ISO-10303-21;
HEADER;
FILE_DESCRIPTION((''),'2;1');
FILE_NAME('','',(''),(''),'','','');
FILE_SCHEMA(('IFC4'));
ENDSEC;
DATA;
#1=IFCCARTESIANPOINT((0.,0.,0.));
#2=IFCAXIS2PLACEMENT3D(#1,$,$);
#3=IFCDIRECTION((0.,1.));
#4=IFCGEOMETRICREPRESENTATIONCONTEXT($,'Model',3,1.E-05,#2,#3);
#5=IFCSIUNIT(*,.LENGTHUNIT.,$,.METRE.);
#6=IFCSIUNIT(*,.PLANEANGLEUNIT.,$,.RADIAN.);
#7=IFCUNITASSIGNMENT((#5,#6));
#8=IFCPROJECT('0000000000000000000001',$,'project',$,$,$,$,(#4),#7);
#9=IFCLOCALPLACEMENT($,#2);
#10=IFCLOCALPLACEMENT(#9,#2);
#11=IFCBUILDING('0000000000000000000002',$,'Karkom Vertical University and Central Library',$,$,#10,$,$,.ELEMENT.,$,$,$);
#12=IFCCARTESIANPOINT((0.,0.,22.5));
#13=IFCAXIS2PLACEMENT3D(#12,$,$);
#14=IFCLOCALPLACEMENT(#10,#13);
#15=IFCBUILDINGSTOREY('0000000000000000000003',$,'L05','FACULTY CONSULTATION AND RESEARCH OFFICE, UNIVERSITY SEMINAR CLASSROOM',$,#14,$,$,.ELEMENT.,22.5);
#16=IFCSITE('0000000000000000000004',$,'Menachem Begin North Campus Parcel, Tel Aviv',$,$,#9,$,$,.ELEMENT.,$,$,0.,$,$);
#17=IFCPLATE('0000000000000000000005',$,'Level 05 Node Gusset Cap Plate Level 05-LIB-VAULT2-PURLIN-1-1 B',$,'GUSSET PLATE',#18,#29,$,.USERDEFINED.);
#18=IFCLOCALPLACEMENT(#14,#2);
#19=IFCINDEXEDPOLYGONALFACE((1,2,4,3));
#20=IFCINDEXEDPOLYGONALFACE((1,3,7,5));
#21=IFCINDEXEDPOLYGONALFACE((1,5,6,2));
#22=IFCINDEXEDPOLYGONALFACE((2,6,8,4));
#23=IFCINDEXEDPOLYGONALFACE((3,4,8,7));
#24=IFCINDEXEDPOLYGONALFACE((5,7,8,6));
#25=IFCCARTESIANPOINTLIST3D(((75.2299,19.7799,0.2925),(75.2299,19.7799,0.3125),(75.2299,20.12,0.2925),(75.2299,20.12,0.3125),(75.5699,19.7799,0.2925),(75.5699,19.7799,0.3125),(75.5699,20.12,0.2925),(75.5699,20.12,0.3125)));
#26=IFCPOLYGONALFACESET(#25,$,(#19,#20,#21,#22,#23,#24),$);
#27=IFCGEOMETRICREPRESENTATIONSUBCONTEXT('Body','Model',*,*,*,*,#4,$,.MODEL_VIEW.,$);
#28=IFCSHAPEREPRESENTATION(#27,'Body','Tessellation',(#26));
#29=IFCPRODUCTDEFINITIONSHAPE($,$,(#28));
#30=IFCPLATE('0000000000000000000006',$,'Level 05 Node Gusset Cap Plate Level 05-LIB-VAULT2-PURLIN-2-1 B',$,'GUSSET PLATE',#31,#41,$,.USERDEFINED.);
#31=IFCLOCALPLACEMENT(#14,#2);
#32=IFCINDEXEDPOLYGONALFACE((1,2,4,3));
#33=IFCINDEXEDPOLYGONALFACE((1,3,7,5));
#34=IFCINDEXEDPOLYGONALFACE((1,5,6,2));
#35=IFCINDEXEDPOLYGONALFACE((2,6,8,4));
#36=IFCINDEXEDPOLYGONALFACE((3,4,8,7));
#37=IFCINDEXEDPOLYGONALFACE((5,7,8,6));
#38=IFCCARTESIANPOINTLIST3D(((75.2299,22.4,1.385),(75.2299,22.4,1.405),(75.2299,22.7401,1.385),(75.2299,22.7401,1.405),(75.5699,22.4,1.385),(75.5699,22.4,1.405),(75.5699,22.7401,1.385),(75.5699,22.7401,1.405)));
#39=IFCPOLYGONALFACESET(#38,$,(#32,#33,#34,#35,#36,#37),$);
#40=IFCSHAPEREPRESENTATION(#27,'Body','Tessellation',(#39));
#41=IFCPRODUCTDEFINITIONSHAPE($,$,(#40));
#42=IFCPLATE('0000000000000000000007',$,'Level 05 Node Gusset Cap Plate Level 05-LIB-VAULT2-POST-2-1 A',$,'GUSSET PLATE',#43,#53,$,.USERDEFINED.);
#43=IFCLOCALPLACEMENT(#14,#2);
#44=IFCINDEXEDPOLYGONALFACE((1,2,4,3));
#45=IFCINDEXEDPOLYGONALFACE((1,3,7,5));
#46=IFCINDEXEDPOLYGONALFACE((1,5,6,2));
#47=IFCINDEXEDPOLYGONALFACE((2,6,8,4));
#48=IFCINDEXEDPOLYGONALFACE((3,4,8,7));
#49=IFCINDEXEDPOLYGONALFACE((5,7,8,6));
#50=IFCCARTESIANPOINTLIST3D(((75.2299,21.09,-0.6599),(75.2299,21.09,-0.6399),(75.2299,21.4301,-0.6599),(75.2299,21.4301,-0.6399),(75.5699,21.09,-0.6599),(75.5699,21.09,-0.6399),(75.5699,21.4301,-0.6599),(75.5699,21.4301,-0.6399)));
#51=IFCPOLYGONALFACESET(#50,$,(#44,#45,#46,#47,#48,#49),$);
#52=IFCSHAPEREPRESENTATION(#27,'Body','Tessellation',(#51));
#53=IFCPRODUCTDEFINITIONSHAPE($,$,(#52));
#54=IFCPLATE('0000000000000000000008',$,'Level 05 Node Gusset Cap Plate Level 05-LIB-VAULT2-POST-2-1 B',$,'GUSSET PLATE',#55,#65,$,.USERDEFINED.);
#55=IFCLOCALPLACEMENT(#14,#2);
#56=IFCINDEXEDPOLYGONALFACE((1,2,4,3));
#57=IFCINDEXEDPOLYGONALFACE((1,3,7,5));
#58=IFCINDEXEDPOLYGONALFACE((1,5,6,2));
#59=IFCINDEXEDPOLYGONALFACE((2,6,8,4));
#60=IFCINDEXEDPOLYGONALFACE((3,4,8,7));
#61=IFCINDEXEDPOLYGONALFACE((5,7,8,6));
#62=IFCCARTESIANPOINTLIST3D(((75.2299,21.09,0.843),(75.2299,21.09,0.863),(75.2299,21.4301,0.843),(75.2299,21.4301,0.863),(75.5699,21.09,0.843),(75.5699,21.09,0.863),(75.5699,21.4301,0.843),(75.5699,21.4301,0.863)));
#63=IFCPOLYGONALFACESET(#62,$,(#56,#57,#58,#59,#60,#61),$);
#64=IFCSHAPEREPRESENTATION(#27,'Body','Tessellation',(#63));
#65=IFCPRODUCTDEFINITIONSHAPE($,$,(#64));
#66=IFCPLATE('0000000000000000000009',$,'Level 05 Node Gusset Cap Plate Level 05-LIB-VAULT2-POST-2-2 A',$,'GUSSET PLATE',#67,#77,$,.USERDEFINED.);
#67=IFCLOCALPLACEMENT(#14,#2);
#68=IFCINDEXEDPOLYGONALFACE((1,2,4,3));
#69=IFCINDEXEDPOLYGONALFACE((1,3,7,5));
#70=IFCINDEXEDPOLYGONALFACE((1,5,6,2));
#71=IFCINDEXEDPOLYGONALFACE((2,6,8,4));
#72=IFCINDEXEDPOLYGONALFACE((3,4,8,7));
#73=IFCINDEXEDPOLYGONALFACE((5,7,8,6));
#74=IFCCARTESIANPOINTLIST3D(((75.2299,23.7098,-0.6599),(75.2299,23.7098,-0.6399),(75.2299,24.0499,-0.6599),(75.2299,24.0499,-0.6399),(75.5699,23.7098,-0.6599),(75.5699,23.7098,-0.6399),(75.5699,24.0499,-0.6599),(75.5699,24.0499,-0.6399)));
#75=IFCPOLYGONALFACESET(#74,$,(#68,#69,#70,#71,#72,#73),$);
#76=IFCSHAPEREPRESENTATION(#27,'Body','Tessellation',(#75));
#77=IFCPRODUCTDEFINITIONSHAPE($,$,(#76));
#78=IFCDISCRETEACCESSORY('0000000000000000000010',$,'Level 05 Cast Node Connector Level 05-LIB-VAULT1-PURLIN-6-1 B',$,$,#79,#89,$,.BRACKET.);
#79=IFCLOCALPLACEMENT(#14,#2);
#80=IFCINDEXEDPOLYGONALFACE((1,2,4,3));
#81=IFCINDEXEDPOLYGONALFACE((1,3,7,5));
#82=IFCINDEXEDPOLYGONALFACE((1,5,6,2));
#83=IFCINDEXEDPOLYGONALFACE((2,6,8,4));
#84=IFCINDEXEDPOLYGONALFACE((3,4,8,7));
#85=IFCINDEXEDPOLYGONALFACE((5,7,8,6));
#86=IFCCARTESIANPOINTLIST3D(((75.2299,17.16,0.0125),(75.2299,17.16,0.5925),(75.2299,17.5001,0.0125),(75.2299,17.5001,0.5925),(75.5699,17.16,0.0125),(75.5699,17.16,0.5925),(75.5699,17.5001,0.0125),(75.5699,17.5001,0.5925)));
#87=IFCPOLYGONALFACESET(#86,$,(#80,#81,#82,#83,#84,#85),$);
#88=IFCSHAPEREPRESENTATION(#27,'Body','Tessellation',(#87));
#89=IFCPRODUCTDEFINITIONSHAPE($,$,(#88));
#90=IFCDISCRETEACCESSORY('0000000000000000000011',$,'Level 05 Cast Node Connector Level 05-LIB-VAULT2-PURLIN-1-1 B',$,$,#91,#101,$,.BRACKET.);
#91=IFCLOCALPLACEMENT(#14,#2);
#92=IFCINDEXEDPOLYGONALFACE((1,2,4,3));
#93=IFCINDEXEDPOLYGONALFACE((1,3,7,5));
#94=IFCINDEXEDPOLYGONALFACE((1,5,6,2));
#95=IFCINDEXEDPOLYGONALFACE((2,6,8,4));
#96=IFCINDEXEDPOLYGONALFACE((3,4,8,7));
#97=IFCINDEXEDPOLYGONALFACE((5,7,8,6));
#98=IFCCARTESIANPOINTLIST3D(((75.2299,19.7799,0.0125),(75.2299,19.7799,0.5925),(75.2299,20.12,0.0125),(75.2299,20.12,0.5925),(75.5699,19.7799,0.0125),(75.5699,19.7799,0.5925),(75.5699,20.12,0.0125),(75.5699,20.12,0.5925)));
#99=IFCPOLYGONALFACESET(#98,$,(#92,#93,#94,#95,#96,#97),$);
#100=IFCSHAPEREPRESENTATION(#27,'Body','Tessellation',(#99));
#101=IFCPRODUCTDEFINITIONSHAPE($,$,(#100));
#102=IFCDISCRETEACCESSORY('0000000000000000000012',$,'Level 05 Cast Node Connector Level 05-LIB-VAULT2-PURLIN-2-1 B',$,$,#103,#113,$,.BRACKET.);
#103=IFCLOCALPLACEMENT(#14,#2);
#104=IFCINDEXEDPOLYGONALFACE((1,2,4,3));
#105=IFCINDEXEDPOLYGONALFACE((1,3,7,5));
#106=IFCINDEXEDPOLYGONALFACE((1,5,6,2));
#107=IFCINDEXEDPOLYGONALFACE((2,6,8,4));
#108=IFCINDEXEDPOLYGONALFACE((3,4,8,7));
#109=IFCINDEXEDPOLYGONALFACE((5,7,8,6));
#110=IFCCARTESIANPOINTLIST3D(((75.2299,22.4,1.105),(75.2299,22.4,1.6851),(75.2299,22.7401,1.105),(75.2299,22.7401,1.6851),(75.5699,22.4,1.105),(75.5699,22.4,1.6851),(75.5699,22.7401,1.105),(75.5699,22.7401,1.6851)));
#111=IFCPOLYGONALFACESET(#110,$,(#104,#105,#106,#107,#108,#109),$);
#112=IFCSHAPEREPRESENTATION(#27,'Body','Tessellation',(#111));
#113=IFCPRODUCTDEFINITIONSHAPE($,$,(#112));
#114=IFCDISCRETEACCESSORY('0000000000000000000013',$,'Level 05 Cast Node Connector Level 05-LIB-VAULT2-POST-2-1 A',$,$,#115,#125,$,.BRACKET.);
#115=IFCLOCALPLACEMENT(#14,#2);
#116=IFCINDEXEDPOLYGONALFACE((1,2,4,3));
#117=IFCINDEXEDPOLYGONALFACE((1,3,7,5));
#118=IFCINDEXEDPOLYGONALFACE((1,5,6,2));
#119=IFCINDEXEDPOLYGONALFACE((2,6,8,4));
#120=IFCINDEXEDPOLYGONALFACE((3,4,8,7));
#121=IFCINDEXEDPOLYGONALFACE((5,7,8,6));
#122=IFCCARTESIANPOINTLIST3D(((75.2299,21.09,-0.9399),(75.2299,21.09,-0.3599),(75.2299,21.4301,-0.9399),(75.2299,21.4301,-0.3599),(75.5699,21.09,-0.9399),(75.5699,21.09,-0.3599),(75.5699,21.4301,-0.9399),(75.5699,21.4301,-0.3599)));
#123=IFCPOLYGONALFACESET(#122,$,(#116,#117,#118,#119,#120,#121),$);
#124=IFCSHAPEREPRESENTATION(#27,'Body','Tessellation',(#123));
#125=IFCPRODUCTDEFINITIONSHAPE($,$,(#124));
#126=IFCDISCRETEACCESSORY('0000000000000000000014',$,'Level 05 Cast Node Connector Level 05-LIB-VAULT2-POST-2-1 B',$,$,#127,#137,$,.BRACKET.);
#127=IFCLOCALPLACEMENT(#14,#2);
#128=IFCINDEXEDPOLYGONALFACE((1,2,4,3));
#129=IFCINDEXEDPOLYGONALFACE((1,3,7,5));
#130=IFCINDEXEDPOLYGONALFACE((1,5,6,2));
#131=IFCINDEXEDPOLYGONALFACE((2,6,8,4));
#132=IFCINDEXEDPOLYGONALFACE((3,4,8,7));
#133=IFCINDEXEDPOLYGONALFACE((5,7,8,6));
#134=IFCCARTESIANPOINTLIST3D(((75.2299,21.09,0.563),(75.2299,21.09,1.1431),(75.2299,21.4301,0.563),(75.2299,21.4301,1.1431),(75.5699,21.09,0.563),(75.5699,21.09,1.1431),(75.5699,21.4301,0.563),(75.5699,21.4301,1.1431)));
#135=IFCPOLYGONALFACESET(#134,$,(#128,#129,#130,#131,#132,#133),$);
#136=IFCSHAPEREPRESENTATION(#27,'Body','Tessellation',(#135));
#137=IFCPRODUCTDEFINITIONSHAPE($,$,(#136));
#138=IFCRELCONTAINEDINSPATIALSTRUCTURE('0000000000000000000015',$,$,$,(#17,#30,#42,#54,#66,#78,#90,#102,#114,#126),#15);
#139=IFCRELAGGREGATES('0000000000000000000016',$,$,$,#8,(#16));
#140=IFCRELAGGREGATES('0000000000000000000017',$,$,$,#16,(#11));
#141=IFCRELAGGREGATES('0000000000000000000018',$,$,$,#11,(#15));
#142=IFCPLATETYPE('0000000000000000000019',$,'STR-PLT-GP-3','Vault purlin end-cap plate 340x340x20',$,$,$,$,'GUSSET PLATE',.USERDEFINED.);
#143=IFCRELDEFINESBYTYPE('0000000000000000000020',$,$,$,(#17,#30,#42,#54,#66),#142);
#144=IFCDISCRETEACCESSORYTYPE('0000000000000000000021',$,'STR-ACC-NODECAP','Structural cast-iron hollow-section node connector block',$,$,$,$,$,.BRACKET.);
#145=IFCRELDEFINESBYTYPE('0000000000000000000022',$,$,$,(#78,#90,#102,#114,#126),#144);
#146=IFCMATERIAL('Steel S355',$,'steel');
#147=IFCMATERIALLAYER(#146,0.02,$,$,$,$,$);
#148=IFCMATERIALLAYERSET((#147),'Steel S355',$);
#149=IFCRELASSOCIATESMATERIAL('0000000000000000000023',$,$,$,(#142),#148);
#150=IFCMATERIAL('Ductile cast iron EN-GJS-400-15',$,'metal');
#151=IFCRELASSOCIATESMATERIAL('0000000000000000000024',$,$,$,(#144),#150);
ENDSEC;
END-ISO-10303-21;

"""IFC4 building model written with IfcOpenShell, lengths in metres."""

from ifc_helpers import new_model, si_unit, direction, frame, origin, origin_with_axes, origin_2d, place, context, subcontext, project, spatial, rectangle, extrude, source, transform, mapped, material, layer, layer_set, type_object, element, save


model = new_model("IFC4")

# Units and contexts
model_context = context("Model", 3, precision=1e-05, world=origin(), true_north=direction((0.0, 1.0)))
body_context = subcontext(model_context, "Body", "Model", "MODEL_VIEW")
ifc_project = project(units=[si_unit("LENGTHUNIT", "METRE"), si_unit("PLANEANGLEUNIT", "RADIAN")], contexts=[model_context])

# Site, building, storey
site_placement = place(None, origin())
site = spatial("IfcSite", under=ifc_project, at=site_placement, Name="Menachem Begin North Campus Parcel, Tel Aviv", CompositionType="ELEMENT", RefElevation=0.0)
building_placement = place(site_placement, origin())
building = spatial("IfcBuilding", under=site, at=building_placement, Name="Karkom Vertical University and Central Library", CompositionType="ELEMENT")
storey_placement = place(building_placement, frame((0.0, 0.0, 22.5)))
storey = spatial("IfcBuildingStorey", under=building, at=storey_placement, Name="L05", Description="FACULTY CONSULTATION AND RESEARCH OFFICE, UNIVERSITY SEMINAR CLASSROOM", CompositionType="ELEMENT", Elevation=22.5)

# Shared definitions
ifc_material_1 = material(Name="Steel S355", Category="steel")

# Plates
ifc_layer = layer(ifc_material_1, 0.02)
ifc_layer_set = layer_set([ifc_layer], Name="Steel S355")
plate_type = type_object("IfcPlateType", Name="STR-PLT-GP-3", Description="Vault purlin end-cap plate 340x340x20", ElementType="GUSSET PLATE", PredefinedType="USERDEFINED", material=ifc_layer_set)
shared_shape_1 = source(origin_with_axes(), body_context, "Body", "SweptSolid", [
    extrude(rectangle(XDim=0.3401, YDim=0.3401, at=origin_2d()), origin(), (0.0, 0.0, 1.0), 0.02),
])
for number, where, z_axis, x_axis, name in (
    (1, (75.3999, 19.95, 0.2925), (0.0, 0.0, 1.0), (1.0, 0.0, 0.0), "Level 05 Node Gusset Cap Plate Level 05-LIB-VAULT2-PURLIN-1-1 B"),
    (2, (75.3999, 22.5701, 1.385), (0.0, 0.0, 1.0), (1.0, 0.0, 0.0), "Level 05 Node Gusset Cap Plate Level 05-LIB-VAULT2-PURLIN-2-1 B"),
    (3, (75.3999, 21.26, -0.6599), (0.0, 0.0, 1.0), (1.0, 0.0, 0.0), "Level 05 Node Gusset Cap Plate Level 05-LIB-VAULT2-POST-2-1 A"),
    (4, (75.3999, 21.26, 0.843), (0.0, 0.0, 1.0), (1.0, 0.0, 0.0), "Level 05 Node Gusset Cap Plate Level 05-LIB-VAULT2-POST-2-1 B"),
    (5, (75.3999, 23.8799, -0.6599), (0.0, 0.0, 1.0), (1.0, 0.0, 0.0), "Level 05 Node Gusset Cap Plate Level 05-LIB-VAULT2-POST-2-2 A"),
):
    element("IfcPlate", number, at=place(storey_placement, frame(where, z_axis=z_axis, x_axis=x_axis)), inside=storey, type_object=plate_type, Name=name, ObjectType="GUSSET PLATE", PredefinedType="USERDEFINED", context=body_context, shape_type="MappedRepresentation", body=[
        mapped(shared_shape_1, transform((0.0, 0.0, 0.0), scale=1.0)),
    ])

# Discrete accessories
ifc_material_2 = material(Name="Ductile cast iron EN-GJS-400-15", Category="metal")
discrete_accessory_type = type_object("IfcDiscreteAccessoryType", Name="STR-ACC-NODECAP", Description="Structural cast-iron hollow-section node connector block", PredefinedType="BRACKET", material=ifc_material_2)
shared_shape_2 = source(origin_with_axes(), body_context, "Body", "SweptSolid", [
    extrude(rectangle(XDim=0.3401, YDim=0.3401, at=origin_2d()), origin(), (0.0, 0.0, 1.0), 0.5801),
])
for number, where, z_axis, x_axis, name in (
    (6, (75.3999, 17.3301, 0.0125), (0.0, 0.0, 1.0), (1.0, 0.0, 0.0), "Level 05 Cast Node Connector Level 05-LIB-VAULT1-PURLIN-6-1 B"),
    (7, (75.3999, 19.95, 0.0125), (0.0, 0.0, 1.0), (1.0, 0.0, 0.0), "Level 05 Cast Node Connector Level 05-LIB-VAULT2-PURLIN-1-1 B"),
    (8, (75.3999, 22.5701, 1.105), (0.0, 0.0, 1.0), (1.0, 0.0, 0.0), "Level 05 Cast Node Connector Level 05-LIB-VAULT2-PURLIN-2-1 B"),
    (9, (75.3999, 21.26, -0.9399), (0.0, 0.0, 1.0), (1.0, 0.0, 0.0), "Level 05 Cast Node Connector Level 05-LIB-VAULT2-POST-2-1 A"),
    (10, (75.3999, 21.26, 0.563), (0.0, 0.0, 1.0), (1.0, 0.0, 0.0), "Level 05 Cast Node Connector Level 05-LIB-VAULT2-POST-2-1 B"),
):
    element("IfcDiscreteAccessory", number, at=place(storey_placement, frame(where, z_axis=z_axis, x_axis=x_axis)), inside=storey, type_object=discrete_accessory_type, Name=name, PredefinedType="BRACKET", context=body_context, shape_type="MappedRepresentation", body=[
        mapped(shared_shape_2, transform((0.0, 0.0, 0.0), scale=1.0)),
    ])

save(model, "model.ifc")
